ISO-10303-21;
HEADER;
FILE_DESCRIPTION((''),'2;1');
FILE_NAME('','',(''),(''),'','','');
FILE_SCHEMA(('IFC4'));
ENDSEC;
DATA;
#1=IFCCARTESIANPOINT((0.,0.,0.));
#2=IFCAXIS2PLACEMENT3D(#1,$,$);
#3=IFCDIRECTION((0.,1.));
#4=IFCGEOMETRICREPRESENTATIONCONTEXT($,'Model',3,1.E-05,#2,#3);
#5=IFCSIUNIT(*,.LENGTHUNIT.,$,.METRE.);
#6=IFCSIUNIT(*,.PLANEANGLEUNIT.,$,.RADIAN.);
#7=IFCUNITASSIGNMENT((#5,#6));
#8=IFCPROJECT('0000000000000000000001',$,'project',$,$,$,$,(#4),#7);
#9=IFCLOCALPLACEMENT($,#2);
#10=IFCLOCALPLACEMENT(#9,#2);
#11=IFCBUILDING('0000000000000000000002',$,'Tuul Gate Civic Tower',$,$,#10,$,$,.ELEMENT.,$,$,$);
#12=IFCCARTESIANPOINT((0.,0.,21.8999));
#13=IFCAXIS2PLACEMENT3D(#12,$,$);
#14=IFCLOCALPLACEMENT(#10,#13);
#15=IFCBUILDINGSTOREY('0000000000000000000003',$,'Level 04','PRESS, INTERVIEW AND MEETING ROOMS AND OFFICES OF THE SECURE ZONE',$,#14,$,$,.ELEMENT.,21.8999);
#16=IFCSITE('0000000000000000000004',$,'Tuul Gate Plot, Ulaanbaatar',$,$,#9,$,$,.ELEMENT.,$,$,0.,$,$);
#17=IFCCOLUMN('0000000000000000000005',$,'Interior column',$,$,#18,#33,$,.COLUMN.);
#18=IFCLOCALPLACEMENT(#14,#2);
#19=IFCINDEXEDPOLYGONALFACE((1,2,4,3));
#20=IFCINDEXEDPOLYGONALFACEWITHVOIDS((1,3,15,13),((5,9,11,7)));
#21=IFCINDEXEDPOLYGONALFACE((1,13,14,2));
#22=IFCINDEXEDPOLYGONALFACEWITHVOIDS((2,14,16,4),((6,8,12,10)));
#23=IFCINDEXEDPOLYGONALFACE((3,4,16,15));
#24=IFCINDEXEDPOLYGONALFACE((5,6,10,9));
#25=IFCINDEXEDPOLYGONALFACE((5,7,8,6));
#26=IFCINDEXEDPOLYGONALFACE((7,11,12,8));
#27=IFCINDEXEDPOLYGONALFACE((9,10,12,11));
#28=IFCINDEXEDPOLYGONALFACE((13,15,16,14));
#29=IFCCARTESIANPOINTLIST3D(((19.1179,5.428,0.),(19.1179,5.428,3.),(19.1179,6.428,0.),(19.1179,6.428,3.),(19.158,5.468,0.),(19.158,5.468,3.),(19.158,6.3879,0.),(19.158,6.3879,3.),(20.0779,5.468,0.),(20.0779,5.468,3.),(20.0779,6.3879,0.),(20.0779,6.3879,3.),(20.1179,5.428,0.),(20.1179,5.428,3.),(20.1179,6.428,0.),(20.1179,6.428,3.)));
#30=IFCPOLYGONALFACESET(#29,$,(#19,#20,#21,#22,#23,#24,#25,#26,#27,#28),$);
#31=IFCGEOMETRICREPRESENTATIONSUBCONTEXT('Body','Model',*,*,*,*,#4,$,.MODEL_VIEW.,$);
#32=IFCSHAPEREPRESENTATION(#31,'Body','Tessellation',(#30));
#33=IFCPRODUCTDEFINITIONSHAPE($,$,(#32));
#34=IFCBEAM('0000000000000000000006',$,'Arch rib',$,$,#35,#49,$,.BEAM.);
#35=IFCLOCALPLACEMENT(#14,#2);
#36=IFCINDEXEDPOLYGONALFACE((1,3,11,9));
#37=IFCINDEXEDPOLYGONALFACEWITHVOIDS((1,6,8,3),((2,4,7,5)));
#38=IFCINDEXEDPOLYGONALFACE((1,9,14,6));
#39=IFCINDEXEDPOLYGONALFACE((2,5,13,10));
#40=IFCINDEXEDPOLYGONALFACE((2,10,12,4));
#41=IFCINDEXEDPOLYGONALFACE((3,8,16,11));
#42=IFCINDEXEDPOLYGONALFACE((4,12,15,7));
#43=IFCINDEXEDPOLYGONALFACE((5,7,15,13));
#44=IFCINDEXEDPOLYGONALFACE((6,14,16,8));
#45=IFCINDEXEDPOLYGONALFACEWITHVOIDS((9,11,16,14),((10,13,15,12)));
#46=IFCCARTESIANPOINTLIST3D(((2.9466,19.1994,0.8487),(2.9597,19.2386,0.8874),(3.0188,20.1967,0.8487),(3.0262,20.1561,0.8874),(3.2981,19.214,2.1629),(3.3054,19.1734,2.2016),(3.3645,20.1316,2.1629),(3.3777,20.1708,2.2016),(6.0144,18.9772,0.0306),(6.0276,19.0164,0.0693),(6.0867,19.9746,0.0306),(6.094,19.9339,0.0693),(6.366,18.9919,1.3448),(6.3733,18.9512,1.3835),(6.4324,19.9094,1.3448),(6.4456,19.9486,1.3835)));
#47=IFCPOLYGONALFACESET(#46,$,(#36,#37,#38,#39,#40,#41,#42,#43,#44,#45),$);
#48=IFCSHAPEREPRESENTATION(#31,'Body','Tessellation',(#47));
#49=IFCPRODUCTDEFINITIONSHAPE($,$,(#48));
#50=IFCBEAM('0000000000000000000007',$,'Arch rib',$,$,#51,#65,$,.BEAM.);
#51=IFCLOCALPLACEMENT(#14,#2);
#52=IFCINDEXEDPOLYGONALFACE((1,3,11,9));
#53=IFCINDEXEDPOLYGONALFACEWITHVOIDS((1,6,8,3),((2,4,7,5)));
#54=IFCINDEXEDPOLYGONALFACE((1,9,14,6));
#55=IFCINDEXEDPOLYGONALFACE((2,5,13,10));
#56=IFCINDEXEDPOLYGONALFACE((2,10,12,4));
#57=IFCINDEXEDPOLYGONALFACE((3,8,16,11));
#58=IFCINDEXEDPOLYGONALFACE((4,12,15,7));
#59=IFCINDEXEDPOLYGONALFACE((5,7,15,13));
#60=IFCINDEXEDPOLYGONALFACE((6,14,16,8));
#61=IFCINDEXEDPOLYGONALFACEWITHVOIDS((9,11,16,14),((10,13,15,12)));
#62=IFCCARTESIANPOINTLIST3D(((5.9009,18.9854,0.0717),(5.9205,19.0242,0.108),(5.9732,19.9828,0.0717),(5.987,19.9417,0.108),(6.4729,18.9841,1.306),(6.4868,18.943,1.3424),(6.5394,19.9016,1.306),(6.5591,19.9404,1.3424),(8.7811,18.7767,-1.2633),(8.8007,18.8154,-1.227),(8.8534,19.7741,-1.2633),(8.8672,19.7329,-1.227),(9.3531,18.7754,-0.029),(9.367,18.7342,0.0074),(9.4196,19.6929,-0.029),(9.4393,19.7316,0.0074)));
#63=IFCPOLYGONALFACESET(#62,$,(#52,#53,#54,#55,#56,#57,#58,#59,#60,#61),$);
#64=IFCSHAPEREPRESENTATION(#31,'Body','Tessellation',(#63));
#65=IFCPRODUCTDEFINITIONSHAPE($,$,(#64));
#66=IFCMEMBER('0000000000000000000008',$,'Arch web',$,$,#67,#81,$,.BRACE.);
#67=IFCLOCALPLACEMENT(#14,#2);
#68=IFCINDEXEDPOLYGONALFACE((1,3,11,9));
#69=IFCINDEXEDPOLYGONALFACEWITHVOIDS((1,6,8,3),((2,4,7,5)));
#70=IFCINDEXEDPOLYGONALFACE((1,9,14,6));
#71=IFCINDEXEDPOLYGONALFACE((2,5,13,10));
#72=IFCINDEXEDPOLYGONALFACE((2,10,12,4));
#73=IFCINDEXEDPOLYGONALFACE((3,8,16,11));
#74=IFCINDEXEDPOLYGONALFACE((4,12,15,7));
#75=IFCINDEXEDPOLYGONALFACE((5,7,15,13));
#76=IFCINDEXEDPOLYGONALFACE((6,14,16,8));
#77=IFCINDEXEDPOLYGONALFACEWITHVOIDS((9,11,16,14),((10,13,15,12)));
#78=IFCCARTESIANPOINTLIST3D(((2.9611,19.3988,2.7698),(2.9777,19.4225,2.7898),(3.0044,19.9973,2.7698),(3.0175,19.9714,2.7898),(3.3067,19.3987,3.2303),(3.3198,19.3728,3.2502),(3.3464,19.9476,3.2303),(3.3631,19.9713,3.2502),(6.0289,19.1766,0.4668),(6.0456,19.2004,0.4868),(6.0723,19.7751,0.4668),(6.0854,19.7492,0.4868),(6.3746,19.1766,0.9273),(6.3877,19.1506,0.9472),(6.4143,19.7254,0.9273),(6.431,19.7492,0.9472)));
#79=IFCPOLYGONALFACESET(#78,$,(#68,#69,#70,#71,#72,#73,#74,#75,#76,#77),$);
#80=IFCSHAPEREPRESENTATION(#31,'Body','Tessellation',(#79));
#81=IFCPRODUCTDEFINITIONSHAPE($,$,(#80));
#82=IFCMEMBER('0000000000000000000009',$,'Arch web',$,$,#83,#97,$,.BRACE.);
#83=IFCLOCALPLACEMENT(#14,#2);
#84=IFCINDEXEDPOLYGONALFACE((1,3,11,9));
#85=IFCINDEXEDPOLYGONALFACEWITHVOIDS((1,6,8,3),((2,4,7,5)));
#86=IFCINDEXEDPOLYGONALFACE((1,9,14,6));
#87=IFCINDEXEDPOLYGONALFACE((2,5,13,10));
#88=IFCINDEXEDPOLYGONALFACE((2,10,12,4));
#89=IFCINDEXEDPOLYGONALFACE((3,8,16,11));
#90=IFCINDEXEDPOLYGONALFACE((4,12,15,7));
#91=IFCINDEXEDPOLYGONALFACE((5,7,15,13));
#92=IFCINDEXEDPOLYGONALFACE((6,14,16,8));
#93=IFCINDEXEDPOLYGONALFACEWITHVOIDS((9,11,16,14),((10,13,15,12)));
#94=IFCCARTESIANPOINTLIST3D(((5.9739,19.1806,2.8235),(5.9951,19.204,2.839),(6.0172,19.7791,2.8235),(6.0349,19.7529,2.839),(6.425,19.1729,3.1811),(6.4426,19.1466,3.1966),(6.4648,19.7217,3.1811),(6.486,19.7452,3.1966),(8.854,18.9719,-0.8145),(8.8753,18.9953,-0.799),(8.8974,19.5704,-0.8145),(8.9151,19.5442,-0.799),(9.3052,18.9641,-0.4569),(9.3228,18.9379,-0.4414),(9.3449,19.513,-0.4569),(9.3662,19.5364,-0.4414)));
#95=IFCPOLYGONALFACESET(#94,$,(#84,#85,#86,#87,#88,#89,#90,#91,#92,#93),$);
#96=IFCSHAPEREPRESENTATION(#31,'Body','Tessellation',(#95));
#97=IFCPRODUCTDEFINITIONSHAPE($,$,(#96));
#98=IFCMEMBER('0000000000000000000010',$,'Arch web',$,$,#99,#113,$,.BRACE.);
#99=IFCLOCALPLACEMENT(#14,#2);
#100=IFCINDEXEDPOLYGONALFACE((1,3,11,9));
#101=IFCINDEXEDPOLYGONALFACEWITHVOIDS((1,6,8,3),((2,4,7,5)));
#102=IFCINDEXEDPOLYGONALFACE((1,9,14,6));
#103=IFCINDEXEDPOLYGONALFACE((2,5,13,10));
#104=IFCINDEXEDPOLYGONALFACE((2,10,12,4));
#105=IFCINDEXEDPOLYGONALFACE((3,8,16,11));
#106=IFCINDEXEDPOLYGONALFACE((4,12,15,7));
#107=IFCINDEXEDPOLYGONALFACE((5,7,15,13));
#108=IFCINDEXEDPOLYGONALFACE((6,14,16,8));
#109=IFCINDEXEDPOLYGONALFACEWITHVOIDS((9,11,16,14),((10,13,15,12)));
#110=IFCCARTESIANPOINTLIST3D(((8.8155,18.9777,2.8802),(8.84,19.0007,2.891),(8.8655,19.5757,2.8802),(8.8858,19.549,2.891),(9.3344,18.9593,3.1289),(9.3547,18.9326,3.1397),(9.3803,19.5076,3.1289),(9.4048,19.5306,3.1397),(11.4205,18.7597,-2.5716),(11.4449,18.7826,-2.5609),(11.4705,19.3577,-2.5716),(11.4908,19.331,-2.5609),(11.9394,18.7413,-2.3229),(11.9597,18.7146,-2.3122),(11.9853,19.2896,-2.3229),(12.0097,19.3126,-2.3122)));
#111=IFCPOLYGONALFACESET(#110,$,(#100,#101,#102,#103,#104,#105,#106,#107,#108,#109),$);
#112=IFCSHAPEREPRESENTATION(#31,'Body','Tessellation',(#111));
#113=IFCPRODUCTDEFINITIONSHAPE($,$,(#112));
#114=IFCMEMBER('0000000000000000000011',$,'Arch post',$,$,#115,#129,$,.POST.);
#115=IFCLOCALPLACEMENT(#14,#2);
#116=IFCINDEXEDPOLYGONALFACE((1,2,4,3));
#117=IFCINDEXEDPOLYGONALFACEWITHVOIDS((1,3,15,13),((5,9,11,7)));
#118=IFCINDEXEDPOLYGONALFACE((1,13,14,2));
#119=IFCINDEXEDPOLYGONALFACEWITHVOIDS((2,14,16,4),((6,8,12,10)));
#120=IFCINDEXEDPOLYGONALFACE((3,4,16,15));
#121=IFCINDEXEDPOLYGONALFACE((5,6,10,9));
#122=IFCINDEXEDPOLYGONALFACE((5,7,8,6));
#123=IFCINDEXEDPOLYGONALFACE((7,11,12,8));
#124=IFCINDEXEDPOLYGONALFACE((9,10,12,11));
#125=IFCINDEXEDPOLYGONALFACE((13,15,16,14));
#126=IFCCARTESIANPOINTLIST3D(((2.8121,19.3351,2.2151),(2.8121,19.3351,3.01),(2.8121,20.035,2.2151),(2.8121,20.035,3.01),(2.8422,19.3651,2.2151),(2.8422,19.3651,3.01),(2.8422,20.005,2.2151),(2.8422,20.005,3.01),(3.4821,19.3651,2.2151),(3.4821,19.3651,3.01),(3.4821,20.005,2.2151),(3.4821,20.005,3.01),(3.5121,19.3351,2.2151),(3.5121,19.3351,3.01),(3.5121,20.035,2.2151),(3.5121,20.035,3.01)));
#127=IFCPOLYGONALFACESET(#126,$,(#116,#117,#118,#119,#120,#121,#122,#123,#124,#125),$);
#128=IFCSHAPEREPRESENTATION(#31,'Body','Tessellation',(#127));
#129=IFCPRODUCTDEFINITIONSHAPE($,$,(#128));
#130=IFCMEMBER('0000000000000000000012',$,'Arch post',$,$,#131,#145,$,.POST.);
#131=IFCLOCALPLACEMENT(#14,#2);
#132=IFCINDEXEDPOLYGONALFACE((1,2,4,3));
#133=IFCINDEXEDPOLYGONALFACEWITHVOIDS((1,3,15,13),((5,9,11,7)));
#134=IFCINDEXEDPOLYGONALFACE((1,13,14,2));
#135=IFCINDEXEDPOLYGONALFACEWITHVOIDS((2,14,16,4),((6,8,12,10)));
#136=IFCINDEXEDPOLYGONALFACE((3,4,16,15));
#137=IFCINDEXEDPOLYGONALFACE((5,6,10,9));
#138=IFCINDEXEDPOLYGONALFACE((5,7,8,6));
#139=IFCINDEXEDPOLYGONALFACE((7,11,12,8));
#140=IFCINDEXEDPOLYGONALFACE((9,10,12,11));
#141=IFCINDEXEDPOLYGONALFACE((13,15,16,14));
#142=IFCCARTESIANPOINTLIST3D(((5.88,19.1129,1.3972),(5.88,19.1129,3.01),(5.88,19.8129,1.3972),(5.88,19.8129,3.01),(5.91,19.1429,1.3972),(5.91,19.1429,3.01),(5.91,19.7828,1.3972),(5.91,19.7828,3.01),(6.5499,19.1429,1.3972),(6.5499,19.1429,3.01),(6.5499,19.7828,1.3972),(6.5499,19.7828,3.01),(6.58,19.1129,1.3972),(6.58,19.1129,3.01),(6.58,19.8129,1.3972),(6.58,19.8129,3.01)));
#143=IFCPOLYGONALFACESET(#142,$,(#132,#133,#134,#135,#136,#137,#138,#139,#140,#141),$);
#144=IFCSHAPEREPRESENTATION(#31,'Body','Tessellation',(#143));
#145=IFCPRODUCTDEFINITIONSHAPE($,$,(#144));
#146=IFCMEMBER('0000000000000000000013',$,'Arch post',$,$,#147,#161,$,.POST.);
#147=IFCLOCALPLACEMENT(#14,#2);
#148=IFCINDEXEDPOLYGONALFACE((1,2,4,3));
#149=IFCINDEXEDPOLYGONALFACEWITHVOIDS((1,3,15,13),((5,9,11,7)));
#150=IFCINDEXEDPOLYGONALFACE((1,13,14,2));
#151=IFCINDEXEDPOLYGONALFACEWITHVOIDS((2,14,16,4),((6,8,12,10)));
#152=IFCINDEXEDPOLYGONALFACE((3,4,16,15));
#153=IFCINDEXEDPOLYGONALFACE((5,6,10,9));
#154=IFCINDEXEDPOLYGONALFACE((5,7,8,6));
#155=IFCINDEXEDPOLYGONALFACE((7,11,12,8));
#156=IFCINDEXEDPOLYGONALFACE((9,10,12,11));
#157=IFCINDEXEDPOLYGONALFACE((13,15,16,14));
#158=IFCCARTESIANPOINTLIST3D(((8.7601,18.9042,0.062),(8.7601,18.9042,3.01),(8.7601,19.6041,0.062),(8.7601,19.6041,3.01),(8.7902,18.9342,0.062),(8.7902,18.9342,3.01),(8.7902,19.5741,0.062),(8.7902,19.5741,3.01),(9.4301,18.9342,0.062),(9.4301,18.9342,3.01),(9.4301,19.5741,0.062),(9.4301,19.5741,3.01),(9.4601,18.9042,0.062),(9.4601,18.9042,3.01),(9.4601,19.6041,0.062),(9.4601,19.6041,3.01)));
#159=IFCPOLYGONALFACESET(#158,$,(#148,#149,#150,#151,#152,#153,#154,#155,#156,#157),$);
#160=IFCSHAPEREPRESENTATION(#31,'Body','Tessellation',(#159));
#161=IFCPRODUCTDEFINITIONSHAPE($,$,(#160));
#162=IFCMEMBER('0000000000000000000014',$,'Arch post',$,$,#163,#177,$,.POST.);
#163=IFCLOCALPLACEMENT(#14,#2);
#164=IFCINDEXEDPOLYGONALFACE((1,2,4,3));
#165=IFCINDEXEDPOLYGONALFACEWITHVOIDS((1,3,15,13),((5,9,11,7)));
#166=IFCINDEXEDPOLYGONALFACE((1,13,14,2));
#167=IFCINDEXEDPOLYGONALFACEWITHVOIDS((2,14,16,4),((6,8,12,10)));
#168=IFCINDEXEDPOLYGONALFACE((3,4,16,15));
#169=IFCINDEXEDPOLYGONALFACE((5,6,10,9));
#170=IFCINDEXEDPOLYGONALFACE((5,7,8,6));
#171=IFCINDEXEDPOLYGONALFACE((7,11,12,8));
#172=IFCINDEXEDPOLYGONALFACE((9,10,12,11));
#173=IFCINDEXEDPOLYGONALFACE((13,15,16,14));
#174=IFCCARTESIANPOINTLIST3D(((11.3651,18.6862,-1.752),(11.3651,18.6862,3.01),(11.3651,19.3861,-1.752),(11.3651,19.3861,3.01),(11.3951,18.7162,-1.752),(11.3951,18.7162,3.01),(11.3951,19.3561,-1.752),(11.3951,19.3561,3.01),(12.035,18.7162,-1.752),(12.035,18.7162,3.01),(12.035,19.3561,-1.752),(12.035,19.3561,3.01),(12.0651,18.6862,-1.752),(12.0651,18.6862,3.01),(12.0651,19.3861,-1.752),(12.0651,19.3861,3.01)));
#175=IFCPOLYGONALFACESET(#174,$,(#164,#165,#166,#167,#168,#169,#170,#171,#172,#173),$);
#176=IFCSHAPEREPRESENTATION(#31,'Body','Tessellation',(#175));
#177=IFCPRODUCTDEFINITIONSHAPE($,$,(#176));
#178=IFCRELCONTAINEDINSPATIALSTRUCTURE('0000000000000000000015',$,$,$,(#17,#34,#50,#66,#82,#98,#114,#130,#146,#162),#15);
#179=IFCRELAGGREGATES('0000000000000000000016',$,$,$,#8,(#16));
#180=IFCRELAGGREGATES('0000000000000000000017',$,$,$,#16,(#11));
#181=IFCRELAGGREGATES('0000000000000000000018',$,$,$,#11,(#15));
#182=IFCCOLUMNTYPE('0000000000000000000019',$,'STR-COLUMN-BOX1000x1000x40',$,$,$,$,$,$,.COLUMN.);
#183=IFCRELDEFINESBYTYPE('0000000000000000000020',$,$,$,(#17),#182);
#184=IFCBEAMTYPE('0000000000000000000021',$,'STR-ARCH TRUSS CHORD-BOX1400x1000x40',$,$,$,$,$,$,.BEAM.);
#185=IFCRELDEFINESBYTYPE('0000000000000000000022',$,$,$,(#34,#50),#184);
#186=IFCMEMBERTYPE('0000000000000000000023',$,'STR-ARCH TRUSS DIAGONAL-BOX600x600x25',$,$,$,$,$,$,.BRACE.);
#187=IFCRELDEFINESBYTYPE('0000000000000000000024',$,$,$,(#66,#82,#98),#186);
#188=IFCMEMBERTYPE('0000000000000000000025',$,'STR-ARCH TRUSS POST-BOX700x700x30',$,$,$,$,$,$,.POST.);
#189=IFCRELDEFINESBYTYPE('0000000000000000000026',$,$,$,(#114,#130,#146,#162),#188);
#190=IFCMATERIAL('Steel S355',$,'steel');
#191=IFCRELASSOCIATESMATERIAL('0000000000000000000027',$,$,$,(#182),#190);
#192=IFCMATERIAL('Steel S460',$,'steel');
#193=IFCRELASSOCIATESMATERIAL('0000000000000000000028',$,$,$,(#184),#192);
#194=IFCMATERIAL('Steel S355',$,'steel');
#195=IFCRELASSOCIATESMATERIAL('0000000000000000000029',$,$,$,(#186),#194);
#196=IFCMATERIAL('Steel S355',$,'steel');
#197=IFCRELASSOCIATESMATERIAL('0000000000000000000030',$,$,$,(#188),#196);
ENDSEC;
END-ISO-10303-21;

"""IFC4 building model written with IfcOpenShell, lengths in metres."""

from ifc_helpers import new_model, si_unit, direction, frame, origin, origin_2d, place, context, subcontext, project, spatial, hollow_rectangle, extrude, material, material_profile, profile_set, type_object, element, save


model = new_model("IFC4")

# Units and contexts
model_context = context("Model", 3, precision=1e-05, world=origin(), true_north=direction((0.0, 1.0)))
body_context = subcontext(model_context, "Body", "Model", "MODEL_VIEW")
ifc_project = project(units=[si_unit("LENGTHUNIT", "METRE"), si_unit("PLANEANGLEUNIT", "RADIAN")], contexts=[model_context])

# Site, building, storey
site_placement = place(None, origin())
site = spatial("IfcSite", under=ifc_project, at=site_placement, Name="Tuul Gate Plot, Ulaanbaatar", CompositionType="ELEMENT", RefElevation=0.0)
building_placement = place(site_placement, origin())
building = spatial("IfcBuilding", under=site, at=building_placement, Name="Tuul Gate Civic Tower", CompositionType="ELEMENT")
storey_placement = place(building_placement, frame((0.0, 0.0, 21.8999)))
storey = spatial("IfcBuildingStorey", under=building, at=storey_placement, Name="Level 04", Description="PRESS, INTERVIEW AND MEETING ROOMS AND OFFICES OF THE SECURE ZONE", CompositionType="ELEMENT", Elevation=21.8999)

# Column
ifc_material_1 = material(Name="Steel S355", Category="steel")
ifc_material_profile_1 = material_profile(ifc_material_1, hollow_rectangle(XDim=1.0, YDim=1.0, WallThickness=0.04, at=origin_2d()), Name="BOX1000x1000x40")
ifc_profile_set_1 = profile_set([ifc_material_profile_1], Name="Steel S355")
column_type = type_object("IfcColumnType", Name="STR-COLUMN-BOX1000x1000x40", PredefinedType="COLUMN", material=ifc_profile_set_1)
column_placement = place(storey_placement, frame((19.6179, 5.928, 0.0), z_axis=(0.0, 0.0, 1.0), x_axis=(1.0, 0.0, 0.0)))
element("IfcColumn", 1, at=column_placement, inside=storey, type_object=column_type, Name="Interior column", PredefinedType="COLUMN", context=body_context, shape_type="SweptSolid", body=[
    extrude(hollow_rectangle(XDim=1.0, YDim=1.0, WallThickness=0.04, at=origin_2d()), origin(), (0.0, 0.0, 1.0), 3.0),
])

# Beams
ifc_material_2 = material(Name="Steel S460", Category="steel")
ifc_material_profile_2 = material_profile(ifc_material_2, hollow_rectangle(XDim=1.0, YDim=1.3999, WallThickness=0.04, at=origin_2d()), Name="BOX1400x1000x40")
ifc_profile_set_2 = profile_set([ifc_material_profile_2], Name="Steel S460")
beam_type_1 = type_object("IfcBeamType", Name="STR-ARCH TRUSS CHORD-BOX1400x1000x40", PredefinedType="BEAM", material=ifc_profile_set_2)
beam_1_placement = place(storey_placement, frame((3.1621, 19.6851, 1.5251), z_axis=(0.963877, -0.069802, -0.257039), x_axis=(0.072228, 0.997388, 0.0)))
element("IfcBeam", 2, at=beam_1_placement, inside=storey, type_object=beam_type_1, Name="Arch rib", PredefinedType="BEAM", context=body_context, shape_type="SweptSolid", body=[
    extrude(hollow_rectangle(XDim=1.0, YDim=1.3999, WallThickness=0.04, at=origin_2d()), origin(), (0.0, 0.0, 1.0), 3.1829),
])
beam_2_placement = place(storey_placement, frame((6.23, 19.4629, 0.707), z_axis=(0.905323, -0.065614, -0.419624), x_axis=(0.072286, 0.997384, 0.0)))
element("IfcBeam", 3, at=beam_2_placement, inside=storey, type_object=beam_type_1, Name="Arch rib", PredefinedType="BEAM", context=body_context, shape_type="SweptSolid", body=[
    extrude(hollow_rectangle(XDim=1.0, YDim=1.3999, WallThickness=0.04, at=origin_2d()), origin(), (0.0, 0.0, 1.0), 3.1814),
])

# Members
ifc_material_3 = material(Name="Steel S355", Category="steel")
ifc_material_profile_3 = material_profile(ifc_material_3, hollow_rectangle(XDim=0.6001, YDim=0.6001, WallThickness=0.0249, at=origin_2d()), Name="BOX600x600x25")
ifc_profile_set_3 = profile_set([ifc_material_profile_3], Name="Steel S355")
member_type_1 = type_object("IfcMemberType", Name="STR-ARCH TRUSS DIAGONAL-BOX600x600x25", PredefinedType="BRACE", material=ifc_profile_set_3)
member_1_placement = place(storey_placement, frame((6.23, 19.4629, 0.707), z_axis=(-0.798402, 0.057818, 0.599342), x_axis=(-0.072228, -0.997388, 0.0)))
element("IfcMember", 4, at=member_1_placement, inside=storey, type_object=member_type_1, Name="Arch web", PredefinedType="BRACE", context=body_context, shape_type="SweptSolid", body=[
    extrude(hollow_rectangle(XDim=0.6001, YDim=0.6001, WallThickness=0.0249, at=origin_2d()), origin(), (0.0, 0.0, 1.0), 3.8425),
])
member_2_placement = place(storey_placement, frame((9.1101, 19.2542, -0.6279), z_axis=(-0.620088, 0.044942, 0.783244), x_axis=(-0.072286, -0.997384, 0.0)))
element("IfcMember", 5, at=member_2_placement, inside=storey, type_object=member_type_1, Name="Arch web", PredefinedType="BRACE", context=body_context, shape_type="SweptSolid", body=[
    extrude(hollow_rectangle(XDim=0.6001, YDim=0.6001, WallThickness=0.0249, at=origin_2d()), origin(), (0.0, 0.0, 1.0), 4.6448),
])
member_3_placement = place(storey_placement, frame((11.7151, 19.0361, -2.4419), z_axis=(-0.430845, 0.036059, 0.901705), x_axis=(-0.083401, -0.996516, 0.0)))
element("IfcMember", 6, at=member_3_placement, inside=storey, type_object=member_type_1, Name="Arch web", PredefinedType="BRACE", context=body_context, shape_type="SweptSolid", body=[
    extrude(hollow_rectangle(XDim=0.6001, YDim=0.6001, WallThickness=0.0249, at=origin_2d()), origin(), (0.0, 0.0, 1.0), 6.0461),
])
ifc_material_4 = material(Name="Steel S355", Category="steel")
ifc_material_profile_4 = material_profile(ifc_material_4, hollow_rectangle(XDim=0.7, YDim=0.7, WallThickness=0.03, at=origin_2d()), Name="BOX700x700x30")
ifc_profile_set_4 = profile_set([ifc_material_profile_4], Name="Steel S355")
member_type_2 = type_object("IfcMemberType", Name="STR-ARCH TRUSS POST-BOX700x700x30", PredefinedType="POST", material=ifc_profile_set_4)
member_4_placement = place(storey_placement, frame((3.1621, 19.6851, 2.2151), z_axis=(0.0, 0.0, 1.0), x_axis=(1.0, 0.0, 0.0)))
element("IfcMember", 7, at=member_4_placement, inside=storey, type_object=member_type_2, Name="Arch post", PredefinedType="POST", context=body_context, shape_type="SweptSolid", body=[
    extrude(hollow_rectangle(XDim=0.7, YDim=0.7, WallThickness=0.03, at=origin_2d()), origin(), (0.0, 0.0, 1.0), 0.7949),
])
member_5_placement = place(storey_placement, frame((6.23, 19.4629, 1.3972), z_axis=(0.0, 0.0, 1.0), x_axis=(1.0, 0.0, 0.0)))
element("IfcMember", 8, at=member_5_placement, inside=storey, type_object=member_type_2, Name="Arch post", PredefinedType="POST", context=body_context, shape_type="SweptSolid", body=[
    extrude(hollow_rectangle(XDim=0.7, YDim=0.7, WallThickness=0.03, at=origin_2d()), origin(), (0.0, 0.0, 1.0), 1.6128),
])
member_6_placement = place(storey_placement, frame((9.1101, 19.2542, 0.062), z_axis=(0.0, 0.0, 1.0), x_axis=(1.0, 0.0, 0.0)))
element("IfcMember", 9, at=member_6_placement, inside=storey, type_object=member_type_2, Name="Arch post", PredefinedType="POST", context=body_context, shape_type="SweptSolid", body=[
    extrude(hollow_rectangle(XDim=0.7, YDim=0.7, WallThickness=0.03, at=origin_2d()), origin(), (0.0, 0.0, 1.0), 2.948),
])
member_7_placement = place(storey_placement, frame((11.7151, 19.0361, -1.752), z_axis=(0.0, 0.0, 1.0), x_axis=(1.0, 0.0, 0.0)))
element("IfcMember", 10, at=member_7_placement, inside=storey, type_object=member_type_2, Name="Arch post", PredefinedType="POST", context=body_context, shape_type="SweptSolid", body=[
    extrude(hollow_rectangle(XDim=0.7, YDim=0.7, WallThickness=0.03, at=origin_2d()), origin(), (0.0, 0.0, 1.0), 4.762),
])

save(model, "model.ifc")
